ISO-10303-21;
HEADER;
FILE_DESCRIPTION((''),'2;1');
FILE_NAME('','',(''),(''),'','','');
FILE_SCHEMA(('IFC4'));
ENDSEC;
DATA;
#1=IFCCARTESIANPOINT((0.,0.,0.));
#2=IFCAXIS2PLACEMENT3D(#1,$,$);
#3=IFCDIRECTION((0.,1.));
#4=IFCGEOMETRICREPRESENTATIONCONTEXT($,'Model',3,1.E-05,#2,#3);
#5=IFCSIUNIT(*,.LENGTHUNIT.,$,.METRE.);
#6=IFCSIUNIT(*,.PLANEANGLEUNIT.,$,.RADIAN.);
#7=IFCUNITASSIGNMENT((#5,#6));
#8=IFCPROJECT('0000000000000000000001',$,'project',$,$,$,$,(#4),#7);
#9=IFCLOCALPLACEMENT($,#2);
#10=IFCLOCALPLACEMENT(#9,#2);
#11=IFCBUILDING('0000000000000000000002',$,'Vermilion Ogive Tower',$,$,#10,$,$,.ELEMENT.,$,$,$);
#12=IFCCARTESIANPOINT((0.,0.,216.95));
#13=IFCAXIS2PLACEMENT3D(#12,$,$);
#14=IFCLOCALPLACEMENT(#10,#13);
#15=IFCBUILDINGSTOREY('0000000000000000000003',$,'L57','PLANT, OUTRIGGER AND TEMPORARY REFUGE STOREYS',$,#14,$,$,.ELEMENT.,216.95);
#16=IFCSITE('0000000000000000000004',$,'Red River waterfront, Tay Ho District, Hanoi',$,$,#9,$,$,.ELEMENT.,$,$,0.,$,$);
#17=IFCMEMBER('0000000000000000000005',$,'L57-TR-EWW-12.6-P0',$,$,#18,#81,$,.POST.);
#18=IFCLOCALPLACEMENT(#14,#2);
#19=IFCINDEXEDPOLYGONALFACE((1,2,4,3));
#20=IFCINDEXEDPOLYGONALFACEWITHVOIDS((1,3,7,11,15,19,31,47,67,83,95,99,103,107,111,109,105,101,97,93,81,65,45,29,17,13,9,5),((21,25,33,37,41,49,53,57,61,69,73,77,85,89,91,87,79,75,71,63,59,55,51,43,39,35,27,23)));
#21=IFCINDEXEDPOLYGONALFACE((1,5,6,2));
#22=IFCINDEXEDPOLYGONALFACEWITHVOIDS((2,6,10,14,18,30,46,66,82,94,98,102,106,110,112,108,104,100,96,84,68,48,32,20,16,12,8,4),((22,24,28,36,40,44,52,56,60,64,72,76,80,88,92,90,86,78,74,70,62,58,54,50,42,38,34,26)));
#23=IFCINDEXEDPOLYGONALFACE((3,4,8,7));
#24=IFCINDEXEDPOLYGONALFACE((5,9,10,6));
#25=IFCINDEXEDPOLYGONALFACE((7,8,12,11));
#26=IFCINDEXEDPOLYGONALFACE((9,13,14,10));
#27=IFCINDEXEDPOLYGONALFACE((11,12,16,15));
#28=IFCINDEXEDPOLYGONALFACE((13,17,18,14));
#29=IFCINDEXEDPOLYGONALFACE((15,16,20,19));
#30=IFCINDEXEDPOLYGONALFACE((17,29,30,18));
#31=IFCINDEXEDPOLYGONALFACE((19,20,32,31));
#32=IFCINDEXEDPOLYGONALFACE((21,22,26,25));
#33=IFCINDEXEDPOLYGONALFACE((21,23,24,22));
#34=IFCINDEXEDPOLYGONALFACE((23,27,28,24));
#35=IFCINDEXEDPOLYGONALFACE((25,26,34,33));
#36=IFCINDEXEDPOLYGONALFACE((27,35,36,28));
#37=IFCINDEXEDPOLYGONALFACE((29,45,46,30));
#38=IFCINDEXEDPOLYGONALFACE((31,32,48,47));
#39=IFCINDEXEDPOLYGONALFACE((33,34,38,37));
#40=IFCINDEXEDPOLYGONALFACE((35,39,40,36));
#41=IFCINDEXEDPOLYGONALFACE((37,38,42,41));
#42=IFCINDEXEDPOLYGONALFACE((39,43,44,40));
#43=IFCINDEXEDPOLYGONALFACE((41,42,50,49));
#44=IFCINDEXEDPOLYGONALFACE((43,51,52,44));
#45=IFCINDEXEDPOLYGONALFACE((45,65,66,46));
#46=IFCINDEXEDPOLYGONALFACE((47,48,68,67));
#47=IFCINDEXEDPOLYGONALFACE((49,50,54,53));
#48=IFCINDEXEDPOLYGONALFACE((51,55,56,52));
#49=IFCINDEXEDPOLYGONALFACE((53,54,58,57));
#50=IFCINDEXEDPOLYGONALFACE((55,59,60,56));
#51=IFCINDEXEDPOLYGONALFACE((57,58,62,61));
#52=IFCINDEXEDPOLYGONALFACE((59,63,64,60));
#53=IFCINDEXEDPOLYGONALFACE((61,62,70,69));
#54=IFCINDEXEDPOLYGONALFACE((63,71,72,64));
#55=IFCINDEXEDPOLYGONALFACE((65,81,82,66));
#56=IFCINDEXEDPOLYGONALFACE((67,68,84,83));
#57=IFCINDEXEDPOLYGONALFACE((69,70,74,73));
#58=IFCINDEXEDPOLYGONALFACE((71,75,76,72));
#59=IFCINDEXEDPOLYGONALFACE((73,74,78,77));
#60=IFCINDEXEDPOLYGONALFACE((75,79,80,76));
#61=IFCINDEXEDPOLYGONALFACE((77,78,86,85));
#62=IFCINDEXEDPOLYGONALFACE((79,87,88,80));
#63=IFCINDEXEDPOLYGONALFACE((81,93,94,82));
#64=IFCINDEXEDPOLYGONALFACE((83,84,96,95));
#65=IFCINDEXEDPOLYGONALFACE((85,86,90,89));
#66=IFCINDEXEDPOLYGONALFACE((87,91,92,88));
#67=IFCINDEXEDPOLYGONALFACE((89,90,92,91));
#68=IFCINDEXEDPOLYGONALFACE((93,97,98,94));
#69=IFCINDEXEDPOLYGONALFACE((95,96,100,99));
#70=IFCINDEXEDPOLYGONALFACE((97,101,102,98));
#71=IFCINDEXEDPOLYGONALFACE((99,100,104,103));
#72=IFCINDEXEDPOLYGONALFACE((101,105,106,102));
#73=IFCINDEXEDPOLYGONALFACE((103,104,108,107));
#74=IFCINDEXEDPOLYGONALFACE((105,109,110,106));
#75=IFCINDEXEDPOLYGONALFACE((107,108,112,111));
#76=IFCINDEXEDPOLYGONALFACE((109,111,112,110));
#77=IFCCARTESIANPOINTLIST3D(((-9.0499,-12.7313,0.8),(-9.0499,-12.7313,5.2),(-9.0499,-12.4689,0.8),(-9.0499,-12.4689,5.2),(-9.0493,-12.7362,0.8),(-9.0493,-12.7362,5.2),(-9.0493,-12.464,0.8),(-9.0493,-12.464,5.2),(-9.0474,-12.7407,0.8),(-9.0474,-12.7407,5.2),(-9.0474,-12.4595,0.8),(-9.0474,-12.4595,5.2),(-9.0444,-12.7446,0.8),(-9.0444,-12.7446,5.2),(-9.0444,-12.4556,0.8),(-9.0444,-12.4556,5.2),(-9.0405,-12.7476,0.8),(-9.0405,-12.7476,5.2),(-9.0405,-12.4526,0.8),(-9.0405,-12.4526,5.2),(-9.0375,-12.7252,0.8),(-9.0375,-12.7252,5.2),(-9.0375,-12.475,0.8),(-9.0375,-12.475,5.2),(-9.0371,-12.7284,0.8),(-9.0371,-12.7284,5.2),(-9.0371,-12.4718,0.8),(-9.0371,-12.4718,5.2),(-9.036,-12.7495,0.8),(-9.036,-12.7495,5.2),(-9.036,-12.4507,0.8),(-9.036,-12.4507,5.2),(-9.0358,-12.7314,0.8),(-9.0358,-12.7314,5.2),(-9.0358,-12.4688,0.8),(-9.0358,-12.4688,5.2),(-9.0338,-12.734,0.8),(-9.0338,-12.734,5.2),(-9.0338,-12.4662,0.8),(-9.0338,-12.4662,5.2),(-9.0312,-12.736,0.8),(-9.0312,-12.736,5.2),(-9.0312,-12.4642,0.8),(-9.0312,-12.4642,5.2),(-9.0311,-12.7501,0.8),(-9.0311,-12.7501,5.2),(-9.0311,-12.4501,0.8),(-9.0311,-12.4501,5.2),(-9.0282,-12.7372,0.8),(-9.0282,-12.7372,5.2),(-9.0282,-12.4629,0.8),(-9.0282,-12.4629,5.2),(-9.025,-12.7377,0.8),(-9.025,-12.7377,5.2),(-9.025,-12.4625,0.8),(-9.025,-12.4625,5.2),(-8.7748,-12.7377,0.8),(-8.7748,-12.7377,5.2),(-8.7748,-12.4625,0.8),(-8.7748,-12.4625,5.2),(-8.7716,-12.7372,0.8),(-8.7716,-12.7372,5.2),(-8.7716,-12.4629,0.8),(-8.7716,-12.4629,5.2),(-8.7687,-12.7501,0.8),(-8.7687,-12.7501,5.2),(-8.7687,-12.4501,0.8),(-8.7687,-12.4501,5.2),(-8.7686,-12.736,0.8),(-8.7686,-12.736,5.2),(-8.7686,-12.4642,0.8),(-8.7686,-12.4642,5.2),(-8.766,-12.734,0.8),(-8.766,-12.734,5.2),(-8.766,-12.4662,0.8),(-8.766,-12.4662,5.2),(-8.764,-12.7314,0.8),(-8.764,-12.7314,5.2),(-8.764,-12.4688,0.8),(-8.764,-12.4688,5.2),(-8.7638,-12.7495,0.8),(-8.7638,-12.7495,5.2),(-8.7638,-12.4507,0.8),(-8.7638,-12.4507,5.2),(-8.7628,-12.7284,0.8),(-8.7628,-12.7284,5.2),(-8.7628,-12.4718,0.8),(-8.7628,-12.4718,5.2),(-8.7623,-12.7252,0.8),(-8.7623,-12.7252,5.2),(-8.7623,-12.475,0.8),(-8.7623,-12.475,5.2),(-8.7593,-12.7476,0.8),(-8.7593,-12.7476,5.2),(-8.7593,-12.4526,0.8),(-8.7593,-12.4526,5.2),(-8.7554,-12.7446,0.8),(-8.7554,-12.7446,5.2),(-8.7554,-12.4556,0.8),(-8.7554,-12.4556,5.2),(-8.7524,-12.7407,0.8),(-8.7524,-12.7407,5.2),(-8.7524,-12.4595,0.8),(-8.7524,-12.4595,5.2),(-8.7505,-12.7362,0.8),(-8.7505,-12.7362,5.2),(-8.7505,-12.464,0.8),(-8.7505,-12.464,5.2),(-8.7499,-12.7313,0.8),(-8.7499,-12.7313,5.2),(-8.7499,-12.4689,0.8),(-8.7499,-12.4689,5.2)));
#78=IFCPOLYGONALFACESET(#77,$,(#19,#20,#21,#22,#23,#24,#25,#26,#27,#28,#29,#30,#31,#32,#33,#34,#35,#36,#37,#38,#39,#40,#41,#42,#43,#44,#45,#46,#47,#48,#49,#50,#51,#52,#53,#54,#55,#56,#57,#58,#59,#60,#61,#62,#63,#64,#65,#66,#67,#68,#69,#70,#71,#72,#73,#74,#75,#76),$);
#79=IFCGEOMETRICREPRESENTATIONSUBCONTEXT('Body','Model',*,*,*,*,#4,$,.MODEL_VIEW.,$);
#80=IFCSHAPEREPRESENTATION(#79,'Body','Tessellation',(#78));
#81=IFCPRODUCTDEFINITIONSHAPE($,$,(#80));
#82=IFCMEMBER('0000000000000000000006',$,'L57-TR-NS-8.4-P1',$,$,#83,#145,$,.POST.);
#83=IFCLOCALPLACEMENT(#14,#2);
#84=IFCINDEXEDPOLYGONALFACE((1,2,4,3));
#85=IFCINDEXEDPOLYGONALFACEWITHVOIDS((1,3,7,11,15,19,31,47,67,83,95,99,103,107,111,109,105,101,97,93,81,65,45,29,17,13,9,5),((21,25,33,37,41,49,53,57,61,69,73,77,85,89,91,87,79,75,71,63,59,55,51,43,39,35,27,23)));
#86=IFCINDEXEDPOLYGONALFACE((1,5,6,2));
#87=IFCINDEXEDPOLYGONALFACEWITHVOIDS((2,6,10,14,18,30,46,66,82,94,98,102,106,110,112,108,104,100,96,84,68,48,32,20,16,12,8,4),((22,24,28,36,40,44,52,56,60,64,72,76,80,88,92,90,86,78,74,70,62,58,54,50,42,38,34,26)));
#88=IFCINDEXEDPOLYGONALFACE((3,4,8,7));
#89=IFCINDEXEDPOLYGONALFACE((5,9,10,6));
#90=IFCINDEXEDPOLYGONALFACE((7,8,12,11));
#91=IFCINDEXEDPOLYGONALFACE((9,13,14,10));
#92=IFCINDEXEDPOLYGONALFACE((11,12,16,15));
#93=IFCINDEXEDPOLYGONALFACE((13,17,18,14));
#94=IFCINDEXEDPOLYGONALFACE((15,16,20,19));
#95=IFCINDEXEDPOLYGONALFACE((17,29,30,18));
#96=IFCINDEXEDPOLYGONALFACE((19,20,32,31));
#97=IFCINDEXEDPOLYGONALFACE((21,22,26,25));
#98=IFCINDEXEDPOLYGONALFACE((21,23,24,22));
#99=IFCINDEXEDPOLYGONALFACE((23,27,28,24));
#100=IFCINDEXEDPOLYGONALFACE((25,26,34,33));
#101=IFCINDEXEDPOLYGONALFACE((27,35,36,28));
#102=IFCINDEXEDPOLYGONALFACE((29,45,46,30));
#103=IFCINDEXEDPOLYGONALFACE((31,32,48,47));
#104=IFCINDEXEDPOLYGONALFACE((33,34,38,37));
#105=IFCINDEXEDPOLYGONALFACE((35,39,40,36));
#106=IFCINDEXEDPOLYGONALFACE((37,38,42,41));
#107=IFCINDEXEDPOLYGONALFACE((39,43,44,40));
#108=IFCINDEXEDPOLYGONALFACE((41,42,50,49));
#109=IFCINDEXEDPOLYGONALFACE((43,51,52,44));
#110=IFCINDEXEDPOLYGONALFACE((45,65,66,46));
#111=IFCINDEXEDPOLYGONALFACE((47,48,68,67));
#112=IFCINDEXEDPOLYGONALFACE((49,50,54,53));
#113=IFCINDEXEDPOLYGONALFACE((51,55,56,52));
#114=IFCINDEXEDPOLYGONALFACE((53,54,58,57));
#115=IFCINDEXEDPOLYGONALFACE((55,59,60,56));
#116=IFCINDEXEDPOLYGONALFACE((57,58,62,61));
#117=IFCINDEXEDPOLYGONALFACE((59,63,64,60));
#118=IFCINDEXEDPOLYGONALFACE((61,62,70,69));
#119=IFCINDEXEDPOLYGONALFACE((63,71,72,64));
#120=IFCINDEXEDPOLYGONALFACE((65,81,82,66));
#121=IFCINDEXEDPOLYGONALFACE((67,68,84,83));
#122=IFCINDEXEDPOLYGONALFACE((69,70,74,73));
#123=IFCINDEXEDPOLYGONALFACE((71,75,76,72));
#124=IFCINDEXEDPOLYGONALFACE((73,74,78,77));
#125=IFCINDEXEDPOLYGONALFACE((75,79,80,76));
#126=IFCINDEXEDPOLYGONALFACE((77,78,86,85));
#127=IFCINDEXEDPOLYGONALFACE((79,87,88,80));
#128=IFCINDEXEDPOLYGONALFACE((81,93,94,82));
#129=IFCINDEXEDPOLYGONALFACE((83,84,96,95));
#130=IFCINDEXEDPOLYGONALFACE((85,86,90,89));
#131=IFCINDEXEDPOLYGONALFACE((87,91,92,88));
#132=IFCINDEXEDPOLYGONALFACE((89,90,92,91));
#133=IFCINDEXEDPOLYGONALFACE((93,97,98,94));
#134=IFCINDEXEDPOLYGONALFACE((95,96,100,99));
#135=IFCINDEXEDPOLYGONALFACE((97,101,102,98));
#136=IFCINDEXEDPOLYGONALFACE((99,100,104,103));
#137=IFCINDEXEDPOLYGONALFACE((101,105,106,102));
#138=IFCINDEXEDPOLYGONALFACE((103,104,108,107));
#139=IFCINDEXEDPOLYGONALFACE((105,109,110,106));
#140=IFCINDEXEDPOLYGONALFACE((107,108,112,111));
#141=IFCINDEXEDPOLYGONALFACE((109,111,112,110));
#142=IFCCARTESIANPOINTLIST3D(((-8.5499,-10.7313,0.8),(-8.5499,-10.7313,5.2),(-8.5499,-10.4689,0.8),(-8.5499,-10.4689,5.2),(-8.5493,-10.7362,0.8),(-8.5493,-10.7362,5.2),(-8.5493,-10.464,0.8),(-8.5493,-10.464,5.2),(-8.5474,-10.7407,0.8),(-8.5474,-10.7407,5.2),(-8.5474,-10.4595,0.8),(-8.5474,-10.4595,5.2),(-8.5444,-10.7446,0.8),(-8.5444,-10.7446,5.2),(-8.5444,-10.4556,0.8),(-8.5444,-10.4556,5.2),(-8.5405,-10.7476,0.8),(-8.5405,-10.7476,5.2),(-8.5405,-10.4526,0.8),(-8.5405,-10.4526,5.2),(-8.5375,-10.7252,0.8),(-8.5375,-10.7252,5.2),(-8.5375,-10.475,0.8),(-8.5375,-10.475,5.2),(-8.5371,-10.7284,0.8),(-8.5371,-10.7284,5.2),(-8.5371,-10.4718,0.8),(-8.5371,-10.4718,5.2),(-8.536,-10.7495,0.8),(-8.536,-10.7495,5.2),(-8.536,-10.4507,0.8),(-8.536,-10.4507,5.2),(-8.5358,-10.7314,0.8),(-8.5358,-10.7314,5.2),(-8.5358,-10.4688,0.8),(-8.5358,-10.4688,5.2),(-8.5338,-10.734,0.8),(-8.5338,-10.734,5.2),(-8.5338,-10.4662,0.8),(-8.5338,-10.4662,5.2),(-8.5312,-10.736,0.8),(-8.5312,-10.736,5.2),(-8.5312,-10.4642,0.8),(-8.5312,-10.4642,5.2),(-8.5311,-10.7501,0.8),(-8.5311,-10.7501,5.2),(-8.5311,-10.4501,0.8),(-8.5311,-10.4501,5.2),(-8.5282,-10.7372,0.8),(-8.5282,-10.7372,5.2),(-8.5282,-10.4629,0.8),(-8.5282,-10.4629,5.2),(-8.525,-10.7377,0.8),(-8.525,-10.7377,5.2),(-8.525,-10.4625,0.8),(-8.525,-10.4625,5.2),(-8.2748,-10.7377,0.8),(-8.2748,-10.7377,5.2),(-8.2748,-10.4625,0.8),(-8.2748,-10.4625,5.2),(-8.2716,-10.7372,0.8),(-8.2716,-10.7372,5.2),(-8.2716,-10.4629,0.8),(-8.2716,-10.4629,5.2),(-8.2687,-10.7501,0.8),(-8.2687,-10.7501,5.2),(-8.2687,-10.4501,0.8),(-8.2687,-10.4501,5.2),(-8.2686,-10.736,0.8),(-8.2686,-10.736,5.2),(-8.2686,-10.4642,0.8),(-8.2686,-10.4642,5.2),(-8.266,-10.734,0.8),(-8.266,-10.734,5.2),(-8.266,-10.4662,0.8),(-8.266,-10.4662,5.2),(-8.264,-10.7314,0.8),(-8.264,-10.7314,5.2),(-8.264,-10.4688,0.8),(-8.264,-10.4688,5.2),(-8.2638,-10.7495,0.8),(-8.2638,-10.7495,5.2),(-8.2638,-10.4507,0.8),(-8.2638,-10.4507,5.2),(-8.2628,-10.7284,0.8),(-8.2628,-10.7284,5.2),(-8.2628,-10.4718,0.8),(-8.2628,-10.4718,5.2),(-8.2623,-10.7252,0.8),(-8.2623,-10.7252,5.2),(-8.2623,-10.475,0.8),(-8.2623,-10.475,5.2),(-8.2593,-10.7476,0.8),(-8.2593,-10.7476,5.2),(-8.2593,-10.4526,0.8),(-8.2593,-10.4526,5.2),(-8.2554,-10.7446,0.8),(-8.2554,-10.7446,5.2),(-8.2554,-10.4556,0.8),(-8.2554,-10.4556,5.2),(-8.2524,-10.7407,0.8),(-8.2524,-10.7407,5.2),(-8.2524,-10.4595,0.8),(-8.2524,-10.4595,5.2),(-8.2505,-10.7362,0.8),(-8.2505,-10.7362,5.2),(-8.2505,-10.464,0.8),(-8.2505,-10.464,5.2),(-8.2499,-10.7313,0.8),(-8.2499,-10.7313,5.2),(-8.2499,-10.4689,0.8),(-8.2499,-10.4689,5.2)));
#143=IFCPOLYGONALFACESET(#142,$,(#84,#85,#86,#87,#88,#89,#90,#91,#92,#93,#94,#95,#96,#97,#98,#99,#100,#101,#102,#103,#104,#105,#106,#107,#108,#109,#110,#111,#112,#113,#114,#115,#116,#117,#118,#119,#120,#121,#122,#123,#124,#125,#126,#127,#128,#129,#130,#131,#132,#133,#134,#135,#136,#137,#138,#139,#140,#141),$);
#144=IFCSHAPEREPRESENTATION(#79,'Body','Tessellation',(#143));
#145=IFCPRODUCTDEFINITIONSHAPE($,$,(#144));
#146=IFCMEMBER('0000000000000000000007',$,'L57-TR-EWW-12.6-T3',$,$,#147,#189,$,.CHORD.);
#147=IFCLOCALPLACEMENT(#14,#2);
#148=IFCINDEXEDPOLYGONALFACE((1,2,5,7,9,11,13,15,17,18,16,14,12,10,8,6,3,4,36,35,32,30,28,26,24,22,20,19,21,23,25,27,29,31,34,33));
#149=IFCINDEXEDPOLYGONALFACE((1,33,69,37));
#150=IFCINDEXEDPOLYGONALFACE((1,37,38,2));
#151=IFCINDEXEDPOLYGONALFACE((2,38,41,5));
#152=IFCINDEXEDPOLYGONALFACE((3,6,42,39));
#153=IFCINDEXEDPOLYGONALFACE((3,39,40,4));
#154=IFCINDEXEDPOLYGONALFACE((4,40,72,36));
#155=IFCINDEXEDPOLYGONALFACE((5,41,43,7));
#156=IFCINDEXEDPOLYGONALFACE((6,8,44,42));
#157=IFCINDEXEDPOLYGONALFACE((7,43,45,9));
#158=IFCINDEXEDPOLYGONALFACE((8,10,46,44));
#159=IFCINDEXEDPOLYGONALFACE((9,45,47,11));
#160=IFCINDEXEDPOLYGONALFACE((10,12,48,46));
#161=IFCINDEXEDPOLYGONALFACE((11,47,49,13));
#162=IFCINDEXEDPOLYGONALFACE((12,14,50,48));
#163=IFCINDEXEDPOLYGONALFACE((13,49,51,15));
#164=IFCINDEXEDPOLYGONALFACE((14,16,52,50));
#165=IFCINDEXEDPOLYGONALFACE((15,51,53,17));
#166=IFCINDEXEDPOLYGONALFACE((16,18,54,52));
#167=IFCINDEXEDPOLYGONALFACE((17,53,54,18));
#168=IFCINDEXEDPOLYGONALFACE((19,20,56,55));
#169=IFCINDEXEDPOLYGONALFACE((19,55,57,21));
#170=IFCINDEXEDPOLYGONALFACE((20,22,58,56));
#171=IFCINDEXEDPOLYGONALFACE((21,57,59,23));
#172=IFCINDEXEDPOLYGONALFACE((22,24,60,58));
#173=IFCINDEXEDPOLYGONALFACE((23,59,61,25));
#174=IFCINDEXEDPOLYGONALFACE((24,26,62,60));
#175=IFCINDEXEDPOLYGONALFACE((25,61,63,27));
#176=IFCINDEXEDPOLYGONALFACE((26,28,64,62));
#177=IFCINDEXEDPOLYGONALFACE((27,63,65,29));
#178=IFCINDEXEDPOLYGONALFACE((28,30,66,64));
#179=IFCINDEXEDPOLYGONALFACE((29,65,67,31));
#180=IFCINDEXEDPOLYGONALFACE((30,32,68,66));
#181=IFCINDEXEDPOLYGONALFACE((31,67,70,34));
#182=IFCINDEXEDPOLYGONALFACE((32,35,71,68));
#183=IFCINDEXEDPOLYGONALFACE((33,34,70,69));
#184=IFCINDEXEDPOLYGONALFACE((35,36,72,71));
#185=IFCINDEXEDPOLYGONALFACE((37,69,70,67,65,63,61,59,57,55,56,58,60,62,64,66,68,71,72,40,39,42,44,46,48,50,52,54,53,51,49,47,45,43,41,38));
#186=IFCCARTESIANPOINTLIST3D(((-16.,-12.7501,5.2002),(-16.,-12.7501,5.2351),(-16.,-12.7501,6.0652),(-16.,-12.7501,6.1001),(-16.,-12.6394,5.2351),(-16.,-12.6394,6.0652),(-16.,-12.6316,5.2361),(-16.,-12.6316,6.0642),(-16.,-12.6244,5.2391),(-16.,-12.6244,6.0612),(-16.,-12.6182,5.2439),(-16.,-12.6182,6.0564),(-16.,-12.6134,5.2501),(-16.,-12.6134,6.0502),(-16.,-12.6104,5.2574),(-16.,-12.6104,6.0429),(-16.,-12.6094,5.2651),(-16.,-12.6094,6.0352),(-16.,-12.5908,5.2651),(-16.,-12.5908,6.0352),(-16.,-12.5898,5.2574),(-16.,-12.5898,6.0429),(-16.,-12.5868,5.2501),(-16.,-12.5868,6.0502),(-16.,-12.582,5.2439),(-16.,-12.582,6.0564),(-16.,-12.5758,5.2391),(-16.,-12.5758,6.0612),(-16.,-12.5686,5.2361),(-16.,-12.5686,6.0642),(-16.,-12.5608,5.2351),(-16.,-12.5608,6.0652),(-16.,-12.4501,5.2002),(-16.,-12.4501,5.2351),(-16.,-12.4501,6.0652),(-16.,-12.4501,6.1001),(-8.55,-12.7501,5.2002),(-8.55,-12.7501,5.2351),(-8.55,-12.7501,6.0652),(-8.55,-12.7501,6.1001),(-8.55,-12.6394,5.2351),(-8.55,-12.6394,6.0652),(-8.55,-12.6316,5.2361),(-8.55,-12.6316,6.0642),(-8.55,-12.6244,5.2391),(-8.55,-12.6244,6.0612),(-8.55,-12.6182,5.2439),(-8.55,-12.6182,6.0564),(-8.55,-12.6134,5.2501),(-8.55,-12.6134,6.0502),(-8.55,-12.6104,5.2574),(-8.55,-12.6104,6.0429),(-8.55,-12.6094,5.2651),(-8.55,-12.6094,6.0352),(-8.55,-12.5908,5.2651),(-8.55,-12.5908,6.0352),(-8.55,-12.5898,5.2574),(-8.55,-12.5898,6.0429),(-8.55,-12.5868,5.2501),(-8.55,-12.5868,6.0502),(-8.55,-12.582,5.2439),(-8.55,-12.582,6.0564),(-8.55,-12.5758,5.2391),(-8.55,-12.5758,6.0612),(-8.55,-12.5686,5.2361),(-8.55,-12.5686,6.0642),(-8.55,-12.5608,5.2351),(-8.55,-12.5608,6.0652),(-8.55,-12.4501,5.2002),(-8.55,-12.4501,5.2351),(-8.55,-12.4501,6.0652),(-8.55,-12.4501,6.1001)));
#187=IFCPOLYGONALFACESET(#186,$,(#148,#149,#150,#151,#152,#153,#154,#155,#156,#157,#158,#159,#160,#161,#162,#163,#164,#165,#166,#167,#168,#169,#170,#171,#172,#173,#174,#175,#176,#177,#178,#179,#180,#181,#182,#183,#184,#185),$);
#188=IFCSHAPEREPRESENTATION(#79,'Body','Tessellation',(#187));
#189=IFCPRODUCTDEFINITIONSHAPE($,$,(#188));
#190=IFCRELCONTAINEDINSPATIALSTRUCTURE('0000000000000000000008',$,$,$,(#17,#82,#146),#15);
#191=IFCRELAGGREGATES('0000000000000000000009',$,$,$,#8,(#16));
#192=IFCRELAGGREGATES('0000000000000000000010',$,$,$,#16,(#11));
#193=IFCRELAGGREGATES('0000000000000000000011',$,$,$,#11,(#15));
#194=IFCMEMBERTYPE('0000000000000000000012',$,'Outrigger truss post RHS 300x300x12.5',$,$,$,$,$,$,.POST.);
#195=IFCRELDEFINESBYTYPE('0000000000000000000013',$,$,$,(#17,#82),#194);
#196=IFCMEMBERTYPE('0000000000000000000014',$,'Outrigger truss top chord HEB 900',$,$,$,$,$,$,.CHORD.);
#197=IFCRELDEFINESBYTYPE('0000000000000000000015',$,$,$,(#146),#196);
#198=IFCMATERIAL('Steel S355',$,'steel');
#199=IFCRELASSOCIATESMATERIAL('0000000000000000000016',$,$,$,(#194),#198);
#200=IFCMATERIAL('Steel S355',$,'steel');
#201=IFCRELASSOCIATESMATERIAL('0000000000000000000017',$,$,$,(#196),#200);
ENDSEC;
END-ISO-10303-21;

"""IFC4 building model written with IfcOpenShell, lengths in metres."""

from ifc_helpers import new_model, si_unit, direction, frame, origin, origin_2d, place, context, subcontext, project, spatial, hollow_rectangle, i_section, extrude, material, material_profile, profile_set, type_object, element, save


model = new_model("IFC4")

# Units and contexts
model_context = context("Model", 3, precision=1e-05, world=origin(), true_north=direction((0.0, 1.0)))
body_context = subcontext(model_context, "Body", "Model", "MODEL_VIEW")
ifc_project = project(units=[si_unit("LENGTHUNIT", "METRE"), si_unit("PLANEANGLEUNIT", "RADIAN")], contexts=[model_context])

# Site, building, storey
site_placement = place(None, origin())
site = spatial("IfcSite", under=ifc_project, at=site_placement, Name="Red River waterfront, Tay Ho District, Hanoi", CompositionType="ELEMENT", RefElevation=0.0)
building_placement = place(site_placement, origin())
building = spatial("IfcBuilding", under=site, at=building_placement, Name="Vermilion Ogive Tower", CompositionType="ELEMENT")
storey_placement = place(building_placement, frame((0.0, 0.0, 216.95)))
storey = spatial("IfcBuildingStorey", under=building, at=storey_placement, Name="L57", Description="PLANT, OUTRIGGER AND TEMPORARY REFUGE STOREYS", CompositionType="ELEMENT", Elevation=216.95)

# Members
ifc_material_1 = material(Name="Steel S355", Category="steel")
ifc_material_profile_1 = material_profile(ifc_material_1, hollow_rectangle(XDim=0.3, YDim=0.3, WallThickness=0.0125, InnerFilletRadius=0.0125, OuterFilletRadius=0.0188, at=origin_2d()), Name="RHS 300x300x12.5")
ifc_profile_set_1 = profile_set([ifc_material_profile_1], Name="Steel S355")
member_type_1 = type_object("IfcMemberType", Name="Outrigger truss post RHS 300x300x12.5", PredefinedType="POST", material=ifc_profile_set_1)
for number, where, z_axis, x_axis, name in (
    (1, (-8.8999, -12.6001, 0.8), (0.0, 0.0, 1.0), (1.0, 0.0, 0.0), "L57-TR-EWW-12.6-P0"),
    (2, (-8.3999, -10.6001, 0.8), (0.0, 0.0, 1.0), (1.0, 0.0, 0.0), "L57-TR-NS-8.4-P1"),
):
    element("IfcMember", number, at=place(storey_placement, frame(where, z_axis=z_axis, x_axis=x_axis)), inside=storey, type_object=member_type_1, Name=name, PredefinedType="POST", context=body_context, shape_type="SweptSolid", body=[
        extrude(hollow_rectangle(XDim=0.3, YDim=0.3, WallThickness=0.0125, InnerFilletRadius=0.0125, OuterFilletRadius=0.0188, at=origin_2d()), origin(), (0.0, 0.0, 1.0), 4.3999),
    ])
ifc_material_2 = material(Name="Steel S355", Category="steel")
ifc_material_profile_2 = material_profile(ifc_material_2, i_section(OverallWidth=0.3, OverallDepth=0.8999, WebThickness=0.0186, FlangeThickness=0.0349, FilletRadius=0.03, at=origin_2d()), Name="HEB 900")
ifc_profile_set_2 = profile_set([ifc_material_profile_2], Name="Steel S355")
member_type_2 = type_object("IfcMemberType", Name="Outrigger truss top chord HEB 900", PredefinedType="CHORD", material=ifc_profile_set_2)
member_1_placement = place(storey_placement, frame((-8.55, -12.6001, 5.6501), z_axis=(-1.0, 0.0, 0.0), x_axis=(0.0, -1.0, 0.0)))
element("IfcMember", 3, at=member_1_placement, inside=storey, type_object=member_type_2, Name="L57-TR-EWW-12.6-T3", PredefinedType="CHORD", context=body_context, shape_type="SweptSolid", body=[
    extrude(i_section(OverallWidth=0.3, OverallDepth=0.8999, WebThickness=0.0186, FlangeThickness=0.0349, FilletRadius=0.03, at=origin_2d()), origin(), (0.0, 0.0, 1.0), 7.45),
])

save(model, "model.ifc")
